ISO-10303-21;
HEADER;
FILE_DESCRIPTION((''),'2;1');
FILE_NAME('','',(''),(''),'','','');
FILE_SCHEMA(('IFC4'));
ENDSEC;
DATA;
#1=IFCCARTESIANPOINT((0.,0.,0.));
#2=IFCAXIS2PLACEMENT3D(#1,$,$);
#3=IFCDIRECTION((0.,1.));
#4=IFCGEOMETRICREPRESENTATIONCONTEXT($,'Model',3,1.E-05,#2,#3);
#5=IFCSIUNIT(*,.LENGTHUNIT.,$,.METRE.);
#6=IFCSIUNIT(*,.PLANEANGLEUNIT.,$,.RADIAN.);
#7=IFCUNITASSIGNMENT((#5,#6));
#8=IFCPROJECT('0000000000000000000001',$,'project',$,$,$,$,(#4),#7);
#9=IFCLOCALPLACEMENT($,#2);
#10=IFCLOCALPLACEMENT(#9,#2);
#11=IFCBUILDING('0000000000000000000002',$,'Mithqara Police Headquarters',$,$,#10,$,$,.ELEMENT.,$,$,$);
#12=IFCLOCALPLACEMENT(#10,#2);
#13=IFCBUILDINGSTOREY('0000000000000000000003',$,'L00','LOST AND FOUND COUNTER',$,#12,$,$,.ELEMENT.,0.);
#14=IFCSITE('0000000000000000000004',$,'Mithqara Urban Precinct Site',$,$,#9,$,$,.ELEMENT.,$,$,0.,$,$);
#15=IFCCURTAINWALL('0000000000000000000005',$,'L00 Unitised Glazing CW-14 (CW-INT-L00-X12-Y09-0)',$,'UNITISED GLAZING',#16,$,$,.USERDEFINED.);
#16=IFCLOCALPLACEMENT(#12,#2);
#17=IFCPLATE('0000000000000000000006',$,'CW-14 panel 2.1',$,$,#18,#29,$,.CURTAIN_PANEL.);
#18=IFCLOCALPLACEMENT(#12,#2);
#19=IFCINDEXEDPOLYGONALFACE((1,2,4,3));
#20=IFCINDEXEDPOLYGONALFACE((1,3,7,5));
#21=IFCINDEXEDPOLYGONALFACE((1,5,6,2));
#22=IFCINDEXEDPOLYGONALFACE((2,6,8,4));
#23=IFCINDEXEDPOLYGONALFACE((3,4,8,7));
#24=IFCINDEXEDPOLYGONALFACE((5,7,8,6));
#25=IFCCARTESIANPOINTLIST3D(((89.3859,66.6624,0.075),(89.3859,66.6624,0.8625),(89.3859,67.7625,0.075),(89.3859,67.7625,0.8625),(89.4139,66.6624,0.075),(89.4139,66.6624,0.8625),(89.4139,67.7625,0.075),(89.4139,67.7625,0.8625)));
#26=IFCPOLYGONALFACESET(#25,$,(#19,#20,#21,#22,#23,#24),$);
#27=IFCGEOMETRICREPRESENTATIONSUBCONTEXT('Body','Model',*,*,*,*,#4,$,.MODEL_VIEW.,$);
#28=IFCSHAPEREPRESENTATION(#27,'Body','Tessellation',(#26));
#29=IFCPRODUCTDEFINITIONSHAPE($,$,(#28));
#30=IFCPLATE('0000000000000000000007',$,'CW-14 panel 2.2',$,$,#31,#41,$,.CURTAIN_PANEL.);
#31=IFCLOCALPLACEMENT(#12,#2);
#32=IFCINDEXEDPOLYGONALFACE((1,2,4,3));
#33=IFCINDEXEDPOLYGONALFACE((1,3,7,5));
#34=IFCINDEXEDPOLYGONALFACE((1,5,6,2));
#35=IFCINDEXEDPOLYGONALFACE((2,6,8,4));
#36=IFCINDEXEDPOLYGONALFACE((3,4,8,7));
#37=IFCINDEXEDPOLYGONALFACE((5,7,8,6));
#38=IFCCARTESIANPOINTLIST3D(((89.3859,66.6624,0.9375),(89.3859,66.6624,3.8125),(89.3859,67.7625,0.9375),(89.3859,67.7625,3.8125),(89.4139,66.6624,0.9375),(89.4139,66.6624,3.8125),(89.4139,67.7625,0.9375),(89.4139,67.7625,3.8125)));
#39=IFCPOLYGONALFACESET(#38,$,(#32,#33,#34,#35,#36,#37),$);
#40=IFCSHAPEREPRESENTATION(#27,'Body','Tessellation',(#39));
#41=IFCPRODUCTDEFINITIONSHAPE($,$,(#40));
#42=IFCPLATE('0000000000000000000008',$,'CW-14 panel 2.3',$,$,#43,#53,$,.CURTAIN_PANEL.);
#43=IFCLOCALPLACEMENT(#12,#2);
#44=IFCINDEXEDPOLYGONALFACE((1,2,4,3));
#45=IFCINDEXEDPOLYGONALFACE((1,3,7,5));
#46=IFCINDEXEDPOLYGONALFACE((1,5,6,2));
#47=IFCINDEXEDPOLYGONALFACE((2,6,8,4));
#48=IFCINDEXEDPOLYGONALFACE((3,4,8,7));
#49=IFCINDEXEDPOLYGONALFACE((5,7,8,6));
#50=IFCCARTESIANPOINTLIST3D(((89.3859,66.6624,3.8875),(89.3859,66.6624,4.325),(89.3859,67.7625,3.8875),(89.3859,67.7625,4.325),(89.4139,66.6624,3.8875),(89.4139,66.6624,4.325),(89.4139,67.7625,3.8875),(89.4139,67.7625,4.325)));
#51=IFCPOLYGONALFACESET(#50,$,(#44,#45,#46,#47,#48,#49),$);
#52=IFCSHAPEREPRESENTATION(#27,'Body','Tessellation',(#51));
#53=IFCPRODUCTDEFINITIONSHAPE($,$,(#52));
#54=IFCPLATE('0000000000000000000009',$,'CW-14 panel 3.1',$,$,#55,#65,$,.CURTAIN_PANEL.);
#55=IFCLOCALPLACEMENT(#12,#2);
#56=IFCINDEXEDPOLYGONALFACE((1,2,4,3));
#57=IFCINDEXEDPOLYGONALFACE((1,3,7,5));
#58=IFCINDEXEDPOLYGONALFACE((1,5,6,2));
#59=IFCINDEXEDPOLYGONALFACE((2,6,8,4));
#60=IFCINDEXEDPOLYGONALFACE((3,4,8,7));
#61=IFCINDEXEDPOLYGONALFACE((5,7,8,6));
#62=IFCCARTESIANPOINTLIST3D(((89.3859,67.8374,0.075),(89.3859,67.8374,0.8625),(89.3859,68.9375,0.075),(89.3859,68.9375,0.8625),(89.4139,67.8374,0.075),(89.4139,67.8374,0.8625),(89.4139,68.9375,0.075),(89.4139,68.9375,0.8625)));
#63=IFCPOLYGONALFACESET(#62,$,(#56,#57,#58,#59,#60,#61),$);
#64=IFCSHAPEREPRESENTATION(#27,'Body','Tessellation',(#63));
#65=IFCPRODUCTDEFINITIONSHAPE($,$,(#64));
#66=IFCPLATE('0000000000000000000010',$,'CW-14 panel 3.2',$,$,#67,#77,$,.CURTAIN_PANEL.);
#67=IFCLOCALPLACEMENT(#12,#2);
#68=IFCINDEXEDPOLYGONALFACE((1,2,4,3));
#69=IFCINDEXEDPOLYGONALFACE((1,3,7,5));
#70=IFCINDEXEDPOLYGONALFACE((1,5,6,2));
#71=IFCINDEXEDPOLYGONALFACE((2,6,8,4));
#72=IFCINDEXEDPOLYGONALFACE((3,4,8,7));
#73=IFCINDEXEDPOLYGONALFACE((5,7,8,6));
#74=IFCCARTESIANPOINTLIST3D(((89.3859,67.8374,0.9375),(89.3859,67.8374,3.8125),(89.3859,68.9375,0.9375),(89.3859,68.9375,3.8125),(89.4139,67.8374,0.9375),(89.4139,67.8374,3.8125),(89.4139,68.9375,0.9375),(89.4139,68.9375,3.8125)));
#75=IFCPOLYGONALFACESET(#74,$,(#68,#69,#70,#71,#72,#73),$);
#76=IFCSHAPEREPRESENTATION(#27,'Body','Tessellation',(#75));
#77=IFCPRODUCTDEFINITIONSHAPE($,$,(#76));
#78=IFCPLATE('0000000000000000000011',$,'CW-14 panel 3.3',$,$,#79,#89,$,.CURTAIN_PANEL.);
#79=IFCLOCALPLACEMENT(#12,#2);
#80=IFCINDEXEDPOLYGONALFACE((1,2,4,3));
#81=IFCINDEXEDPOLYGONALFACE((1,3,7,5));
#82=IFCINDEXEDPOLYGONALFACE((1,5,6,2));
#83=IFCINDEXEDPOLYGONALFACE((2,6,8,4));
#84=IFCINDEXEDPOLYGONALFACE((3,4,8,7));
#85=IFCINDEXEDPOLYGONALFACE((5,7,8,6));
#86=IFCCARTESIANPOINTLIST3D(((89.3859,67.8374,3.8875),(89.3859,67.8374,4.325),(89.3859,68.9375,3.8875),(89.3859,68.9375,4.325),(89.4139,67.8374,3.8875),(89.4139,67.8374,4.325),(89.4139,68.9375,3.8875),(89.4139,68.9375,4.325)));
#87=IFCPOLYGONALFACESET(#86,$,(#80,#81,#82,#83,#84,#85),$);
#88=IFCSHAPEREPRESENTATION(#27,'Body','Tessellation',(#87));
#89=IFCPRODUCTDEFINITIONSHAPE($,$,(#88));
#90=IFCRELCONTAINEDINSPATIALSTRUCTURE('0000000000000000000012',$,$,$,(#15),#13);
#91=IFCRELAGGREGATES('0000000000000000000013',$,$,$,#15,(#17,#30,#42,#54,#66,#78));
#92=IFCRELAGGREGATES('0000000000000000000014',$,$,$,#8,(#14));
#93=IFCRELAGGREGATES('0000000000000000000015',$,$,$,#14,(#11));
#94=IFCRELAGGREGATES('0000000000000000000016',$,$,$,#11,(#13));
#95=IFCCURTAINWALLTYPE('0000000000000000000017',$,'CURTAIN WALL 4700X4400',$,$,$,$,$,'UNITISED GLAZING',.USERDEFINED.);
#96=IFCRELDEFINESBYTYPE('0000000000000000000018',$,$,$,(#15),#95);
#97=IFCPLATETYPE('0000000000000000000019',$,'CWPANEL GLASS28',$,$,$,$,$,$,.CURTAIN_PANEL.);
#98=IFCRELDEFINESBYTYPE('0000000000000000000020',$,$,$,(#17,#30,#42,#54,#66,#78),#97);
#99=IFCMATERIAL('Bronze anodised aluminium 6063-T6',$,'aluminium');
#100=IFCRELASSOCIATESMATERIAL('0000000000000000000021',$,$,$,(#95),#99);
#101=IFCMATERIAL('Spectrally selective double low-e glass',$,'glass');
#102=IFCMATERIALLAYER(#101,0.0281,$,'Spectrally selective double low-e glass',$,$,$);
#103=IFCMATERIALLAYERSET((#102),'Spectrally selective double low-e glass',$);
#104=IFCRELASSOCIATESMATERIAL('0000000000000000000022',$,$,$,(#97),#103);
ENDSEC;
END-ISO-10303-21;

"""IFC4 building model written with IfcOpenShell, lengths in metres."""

from ifc_helpers import new_model, si_unit, direction, frame, origin, origin_2d, place, context, subcontext, project, spatial, rectangle, extrude, material, layer, layer_set, type_object, element, aggregate, save


model = new_model("IFC4")

# Units and contexts
model_context = context("Model", 3, precision=1e-05, world=origin(), true_north=direction((0.0, 1.0)))
body_context = subcontext(model_context, "Body", "Model", "MODEL_VIEW")
ifc_project = project(units=[si_unit("LENGTHUNIT", "METRE"), si_unit("PLANEANGLEUNIT", "RADIAN")], contexts=[model_context])

# Site, building, storey
site_placement = place(None, origin())
site = spatial("IfcSite", under=ifc_project, at=site_placement, Name="Mithqara Urban Precinct Site", CompositionType="ELEMENT", RefElevation=0.0)
building_placement = place(site_placement, origin())
building = spatial("IfcBuilding", under=site, at=building_placement, Name="Mithqara Police Headquarters", CompositionType="ELEMENT")
storey_placement = place(building_placement, origin())
storey = spatial("IfcBuildingStorey", under=building, at=storey_placement, Name="L00", Description="LOST AND FOUND COUNTER", CompositionType="ELEMENT", Elevation=0.0)

# Curtain wall
ifc_material_1 = material(Name="Bronze anodised aluminium 6063-T6", Category="aluminium")
curtain_wall_type = type_object("IfcCurtainWallType", Name="CURTAIN WALL 4700X4400", ElementType="UNITISED GLAZING", PredefinedType="USERDEFINED", material=ifc_material_1)
curtain_wall_1_placement = place(storey_placement, origin())
curtain_wall_1 = element("IfcCurtainWall", 1, at=curtain_wall_1_placement, inside=storey, type_object=curtain_wall_type, Name="L00 Unitised Glazing CW-14 (CW-INT-L00-X12-Y09-0)", ObjectType="UNITISED GLAZING", PredefinedType="USERDEFINED")

# Plates
ifc_material_2 = material(Name="Spectrally selective double low-e glass", Category="glass")
ifc_layer = layer(ifc_material_2, 0.0281, Name="Spectrally selective double low-e glass")
ifc_layer_set = layer_set([ifc_layer], Name="Spectrally selective double low-e glass")
plate_type = type_object("IfcPlateType", Name="CWPANEL GLASS28", PredefinedType="CURTAIN_PANEL", material=ifc_layer_set)
plate_1_placement = place(storey_placement, frame((89.3999, 67.2124, 0.075), z_axis=(0.0, 0.0, 1.0), x_axis=(0.0, 1.0, 0.0)))
plate_1 = element("IfcPlate", 2, at=plate_1_placement, type_object=plate_type, Name="CW-14 panel 2.1", PredefinedType="CURTAIN_PANEL", context=body_context, shape_type="SweptSolid", body=[
    extrude(rectangle(XDim=1.1001, YDim=0.0281, at=origin_2d()), origin(), (0.0, 0.0, 1.0), 0.7876),
])
plate_2_placement = place(storey_placement, frame((89.3999, 67.2124, 0.9375), z_axis=(0.0, 0.0, 1.0), x_axis=(0.0, 1.0, 0.0)))
plate_2 = element("IfcPlate", 3, at=plate_2_placement, type_object=plate_type, Name="CW-14 panel 2.2", PredefinedType="CURTAIN_PANEL", context=body_context, shape_type="SweptSolid", body=[
    extrude(rectangle(XDim=1.1001, YDim=0.0281, at=origin_2d()), origin(), (0.0, 0.0, 1.0), 2.875),
])
plate_3_placement = place(storey_placement, frame((89.3999, 67.2124, 3.8875), z_axis=(0.0, 0.0, 1.0), x_axis=(0.0, 1.0, 0.0)))
plate_3 = element("IfcPlate", 4, at=plate_3_placement, type_object=plate_type, Name="CW-14 panel 2.3", PredefinedType="CURTAIN_PANEL", context=body_context, shape_type="SweptSolid", body=[
    extrude(rectangle(XDim=1.1001, YDim=0.0281, at=origin_2d()), origin(), (0.0, 0.0, 1.0), 0.4375),
])
plate_4_placement = place(storey_placement, frame((89.3999, 68.3875, 0.075), z_axis=(0.0, 0.0, 1.0), x_axis=(0.0, 1.0, 0.0)))
plate_4 = element("IfcPlate", 5, at=plate_4_placement, type_object=plate_type, Name="CW-14 panel 3.1", PredefinedType="CURTAIN_PANEL", context=body_context, shape_type="SweptSolid", body=[
    extrude(rectangle(XDim=1.1001, YDim=0.0281, at=origin_2d()), origin(), (0.0, 0.0, 1.0), 0.7876),
])
plate_5_placement = place(storey_placement, frame((89.3999, 68.3875, 0.9375), z_axis=(0.0, 0.0, 1.0), x_axis=(0.0, 1.0, 0.0)))
plate_5 = element("IfcPlate", 6, at=plate_5_placement, type_object=plate_type, Name="CW-14 panel 3.2", PredefinedType="CURTAIN_PANEL", context=body_context, shape_type="SweptSolid", body=[
    extrude(rectangle(XDim=1.1001, YDim=0.0281, at=origin_2d()), origin(), (0.0, 0.0, 1.0), 2.875),
])
plate_6_placement = place(storey_placement, frame((89.3999, 68.3875, 3.8875), z_axis=(0.0, 0.0, 1.0), x_axis=(0.0, 1.0, 0.0)))
plate_6 = element("IfcPlate", 7, at=plate_6_placement, type_object=plate_type, Name="CW-14 panel 3.3", PredefinedType="CURTAIN_PANEL", context=body_context, shape_type="SweptSolid", body=[
    extrude(rectangle(XDim=1.1001, YDim=0.0281, at=origin_2d()), origin(), (0.0, 0.0, 1.0), 0.4375),
])
aggregate(curtain_wall_1, [plate_1, plate_2, plate_3, plate_4, plate_5, plate_6])

save(model, "model.ifc")
